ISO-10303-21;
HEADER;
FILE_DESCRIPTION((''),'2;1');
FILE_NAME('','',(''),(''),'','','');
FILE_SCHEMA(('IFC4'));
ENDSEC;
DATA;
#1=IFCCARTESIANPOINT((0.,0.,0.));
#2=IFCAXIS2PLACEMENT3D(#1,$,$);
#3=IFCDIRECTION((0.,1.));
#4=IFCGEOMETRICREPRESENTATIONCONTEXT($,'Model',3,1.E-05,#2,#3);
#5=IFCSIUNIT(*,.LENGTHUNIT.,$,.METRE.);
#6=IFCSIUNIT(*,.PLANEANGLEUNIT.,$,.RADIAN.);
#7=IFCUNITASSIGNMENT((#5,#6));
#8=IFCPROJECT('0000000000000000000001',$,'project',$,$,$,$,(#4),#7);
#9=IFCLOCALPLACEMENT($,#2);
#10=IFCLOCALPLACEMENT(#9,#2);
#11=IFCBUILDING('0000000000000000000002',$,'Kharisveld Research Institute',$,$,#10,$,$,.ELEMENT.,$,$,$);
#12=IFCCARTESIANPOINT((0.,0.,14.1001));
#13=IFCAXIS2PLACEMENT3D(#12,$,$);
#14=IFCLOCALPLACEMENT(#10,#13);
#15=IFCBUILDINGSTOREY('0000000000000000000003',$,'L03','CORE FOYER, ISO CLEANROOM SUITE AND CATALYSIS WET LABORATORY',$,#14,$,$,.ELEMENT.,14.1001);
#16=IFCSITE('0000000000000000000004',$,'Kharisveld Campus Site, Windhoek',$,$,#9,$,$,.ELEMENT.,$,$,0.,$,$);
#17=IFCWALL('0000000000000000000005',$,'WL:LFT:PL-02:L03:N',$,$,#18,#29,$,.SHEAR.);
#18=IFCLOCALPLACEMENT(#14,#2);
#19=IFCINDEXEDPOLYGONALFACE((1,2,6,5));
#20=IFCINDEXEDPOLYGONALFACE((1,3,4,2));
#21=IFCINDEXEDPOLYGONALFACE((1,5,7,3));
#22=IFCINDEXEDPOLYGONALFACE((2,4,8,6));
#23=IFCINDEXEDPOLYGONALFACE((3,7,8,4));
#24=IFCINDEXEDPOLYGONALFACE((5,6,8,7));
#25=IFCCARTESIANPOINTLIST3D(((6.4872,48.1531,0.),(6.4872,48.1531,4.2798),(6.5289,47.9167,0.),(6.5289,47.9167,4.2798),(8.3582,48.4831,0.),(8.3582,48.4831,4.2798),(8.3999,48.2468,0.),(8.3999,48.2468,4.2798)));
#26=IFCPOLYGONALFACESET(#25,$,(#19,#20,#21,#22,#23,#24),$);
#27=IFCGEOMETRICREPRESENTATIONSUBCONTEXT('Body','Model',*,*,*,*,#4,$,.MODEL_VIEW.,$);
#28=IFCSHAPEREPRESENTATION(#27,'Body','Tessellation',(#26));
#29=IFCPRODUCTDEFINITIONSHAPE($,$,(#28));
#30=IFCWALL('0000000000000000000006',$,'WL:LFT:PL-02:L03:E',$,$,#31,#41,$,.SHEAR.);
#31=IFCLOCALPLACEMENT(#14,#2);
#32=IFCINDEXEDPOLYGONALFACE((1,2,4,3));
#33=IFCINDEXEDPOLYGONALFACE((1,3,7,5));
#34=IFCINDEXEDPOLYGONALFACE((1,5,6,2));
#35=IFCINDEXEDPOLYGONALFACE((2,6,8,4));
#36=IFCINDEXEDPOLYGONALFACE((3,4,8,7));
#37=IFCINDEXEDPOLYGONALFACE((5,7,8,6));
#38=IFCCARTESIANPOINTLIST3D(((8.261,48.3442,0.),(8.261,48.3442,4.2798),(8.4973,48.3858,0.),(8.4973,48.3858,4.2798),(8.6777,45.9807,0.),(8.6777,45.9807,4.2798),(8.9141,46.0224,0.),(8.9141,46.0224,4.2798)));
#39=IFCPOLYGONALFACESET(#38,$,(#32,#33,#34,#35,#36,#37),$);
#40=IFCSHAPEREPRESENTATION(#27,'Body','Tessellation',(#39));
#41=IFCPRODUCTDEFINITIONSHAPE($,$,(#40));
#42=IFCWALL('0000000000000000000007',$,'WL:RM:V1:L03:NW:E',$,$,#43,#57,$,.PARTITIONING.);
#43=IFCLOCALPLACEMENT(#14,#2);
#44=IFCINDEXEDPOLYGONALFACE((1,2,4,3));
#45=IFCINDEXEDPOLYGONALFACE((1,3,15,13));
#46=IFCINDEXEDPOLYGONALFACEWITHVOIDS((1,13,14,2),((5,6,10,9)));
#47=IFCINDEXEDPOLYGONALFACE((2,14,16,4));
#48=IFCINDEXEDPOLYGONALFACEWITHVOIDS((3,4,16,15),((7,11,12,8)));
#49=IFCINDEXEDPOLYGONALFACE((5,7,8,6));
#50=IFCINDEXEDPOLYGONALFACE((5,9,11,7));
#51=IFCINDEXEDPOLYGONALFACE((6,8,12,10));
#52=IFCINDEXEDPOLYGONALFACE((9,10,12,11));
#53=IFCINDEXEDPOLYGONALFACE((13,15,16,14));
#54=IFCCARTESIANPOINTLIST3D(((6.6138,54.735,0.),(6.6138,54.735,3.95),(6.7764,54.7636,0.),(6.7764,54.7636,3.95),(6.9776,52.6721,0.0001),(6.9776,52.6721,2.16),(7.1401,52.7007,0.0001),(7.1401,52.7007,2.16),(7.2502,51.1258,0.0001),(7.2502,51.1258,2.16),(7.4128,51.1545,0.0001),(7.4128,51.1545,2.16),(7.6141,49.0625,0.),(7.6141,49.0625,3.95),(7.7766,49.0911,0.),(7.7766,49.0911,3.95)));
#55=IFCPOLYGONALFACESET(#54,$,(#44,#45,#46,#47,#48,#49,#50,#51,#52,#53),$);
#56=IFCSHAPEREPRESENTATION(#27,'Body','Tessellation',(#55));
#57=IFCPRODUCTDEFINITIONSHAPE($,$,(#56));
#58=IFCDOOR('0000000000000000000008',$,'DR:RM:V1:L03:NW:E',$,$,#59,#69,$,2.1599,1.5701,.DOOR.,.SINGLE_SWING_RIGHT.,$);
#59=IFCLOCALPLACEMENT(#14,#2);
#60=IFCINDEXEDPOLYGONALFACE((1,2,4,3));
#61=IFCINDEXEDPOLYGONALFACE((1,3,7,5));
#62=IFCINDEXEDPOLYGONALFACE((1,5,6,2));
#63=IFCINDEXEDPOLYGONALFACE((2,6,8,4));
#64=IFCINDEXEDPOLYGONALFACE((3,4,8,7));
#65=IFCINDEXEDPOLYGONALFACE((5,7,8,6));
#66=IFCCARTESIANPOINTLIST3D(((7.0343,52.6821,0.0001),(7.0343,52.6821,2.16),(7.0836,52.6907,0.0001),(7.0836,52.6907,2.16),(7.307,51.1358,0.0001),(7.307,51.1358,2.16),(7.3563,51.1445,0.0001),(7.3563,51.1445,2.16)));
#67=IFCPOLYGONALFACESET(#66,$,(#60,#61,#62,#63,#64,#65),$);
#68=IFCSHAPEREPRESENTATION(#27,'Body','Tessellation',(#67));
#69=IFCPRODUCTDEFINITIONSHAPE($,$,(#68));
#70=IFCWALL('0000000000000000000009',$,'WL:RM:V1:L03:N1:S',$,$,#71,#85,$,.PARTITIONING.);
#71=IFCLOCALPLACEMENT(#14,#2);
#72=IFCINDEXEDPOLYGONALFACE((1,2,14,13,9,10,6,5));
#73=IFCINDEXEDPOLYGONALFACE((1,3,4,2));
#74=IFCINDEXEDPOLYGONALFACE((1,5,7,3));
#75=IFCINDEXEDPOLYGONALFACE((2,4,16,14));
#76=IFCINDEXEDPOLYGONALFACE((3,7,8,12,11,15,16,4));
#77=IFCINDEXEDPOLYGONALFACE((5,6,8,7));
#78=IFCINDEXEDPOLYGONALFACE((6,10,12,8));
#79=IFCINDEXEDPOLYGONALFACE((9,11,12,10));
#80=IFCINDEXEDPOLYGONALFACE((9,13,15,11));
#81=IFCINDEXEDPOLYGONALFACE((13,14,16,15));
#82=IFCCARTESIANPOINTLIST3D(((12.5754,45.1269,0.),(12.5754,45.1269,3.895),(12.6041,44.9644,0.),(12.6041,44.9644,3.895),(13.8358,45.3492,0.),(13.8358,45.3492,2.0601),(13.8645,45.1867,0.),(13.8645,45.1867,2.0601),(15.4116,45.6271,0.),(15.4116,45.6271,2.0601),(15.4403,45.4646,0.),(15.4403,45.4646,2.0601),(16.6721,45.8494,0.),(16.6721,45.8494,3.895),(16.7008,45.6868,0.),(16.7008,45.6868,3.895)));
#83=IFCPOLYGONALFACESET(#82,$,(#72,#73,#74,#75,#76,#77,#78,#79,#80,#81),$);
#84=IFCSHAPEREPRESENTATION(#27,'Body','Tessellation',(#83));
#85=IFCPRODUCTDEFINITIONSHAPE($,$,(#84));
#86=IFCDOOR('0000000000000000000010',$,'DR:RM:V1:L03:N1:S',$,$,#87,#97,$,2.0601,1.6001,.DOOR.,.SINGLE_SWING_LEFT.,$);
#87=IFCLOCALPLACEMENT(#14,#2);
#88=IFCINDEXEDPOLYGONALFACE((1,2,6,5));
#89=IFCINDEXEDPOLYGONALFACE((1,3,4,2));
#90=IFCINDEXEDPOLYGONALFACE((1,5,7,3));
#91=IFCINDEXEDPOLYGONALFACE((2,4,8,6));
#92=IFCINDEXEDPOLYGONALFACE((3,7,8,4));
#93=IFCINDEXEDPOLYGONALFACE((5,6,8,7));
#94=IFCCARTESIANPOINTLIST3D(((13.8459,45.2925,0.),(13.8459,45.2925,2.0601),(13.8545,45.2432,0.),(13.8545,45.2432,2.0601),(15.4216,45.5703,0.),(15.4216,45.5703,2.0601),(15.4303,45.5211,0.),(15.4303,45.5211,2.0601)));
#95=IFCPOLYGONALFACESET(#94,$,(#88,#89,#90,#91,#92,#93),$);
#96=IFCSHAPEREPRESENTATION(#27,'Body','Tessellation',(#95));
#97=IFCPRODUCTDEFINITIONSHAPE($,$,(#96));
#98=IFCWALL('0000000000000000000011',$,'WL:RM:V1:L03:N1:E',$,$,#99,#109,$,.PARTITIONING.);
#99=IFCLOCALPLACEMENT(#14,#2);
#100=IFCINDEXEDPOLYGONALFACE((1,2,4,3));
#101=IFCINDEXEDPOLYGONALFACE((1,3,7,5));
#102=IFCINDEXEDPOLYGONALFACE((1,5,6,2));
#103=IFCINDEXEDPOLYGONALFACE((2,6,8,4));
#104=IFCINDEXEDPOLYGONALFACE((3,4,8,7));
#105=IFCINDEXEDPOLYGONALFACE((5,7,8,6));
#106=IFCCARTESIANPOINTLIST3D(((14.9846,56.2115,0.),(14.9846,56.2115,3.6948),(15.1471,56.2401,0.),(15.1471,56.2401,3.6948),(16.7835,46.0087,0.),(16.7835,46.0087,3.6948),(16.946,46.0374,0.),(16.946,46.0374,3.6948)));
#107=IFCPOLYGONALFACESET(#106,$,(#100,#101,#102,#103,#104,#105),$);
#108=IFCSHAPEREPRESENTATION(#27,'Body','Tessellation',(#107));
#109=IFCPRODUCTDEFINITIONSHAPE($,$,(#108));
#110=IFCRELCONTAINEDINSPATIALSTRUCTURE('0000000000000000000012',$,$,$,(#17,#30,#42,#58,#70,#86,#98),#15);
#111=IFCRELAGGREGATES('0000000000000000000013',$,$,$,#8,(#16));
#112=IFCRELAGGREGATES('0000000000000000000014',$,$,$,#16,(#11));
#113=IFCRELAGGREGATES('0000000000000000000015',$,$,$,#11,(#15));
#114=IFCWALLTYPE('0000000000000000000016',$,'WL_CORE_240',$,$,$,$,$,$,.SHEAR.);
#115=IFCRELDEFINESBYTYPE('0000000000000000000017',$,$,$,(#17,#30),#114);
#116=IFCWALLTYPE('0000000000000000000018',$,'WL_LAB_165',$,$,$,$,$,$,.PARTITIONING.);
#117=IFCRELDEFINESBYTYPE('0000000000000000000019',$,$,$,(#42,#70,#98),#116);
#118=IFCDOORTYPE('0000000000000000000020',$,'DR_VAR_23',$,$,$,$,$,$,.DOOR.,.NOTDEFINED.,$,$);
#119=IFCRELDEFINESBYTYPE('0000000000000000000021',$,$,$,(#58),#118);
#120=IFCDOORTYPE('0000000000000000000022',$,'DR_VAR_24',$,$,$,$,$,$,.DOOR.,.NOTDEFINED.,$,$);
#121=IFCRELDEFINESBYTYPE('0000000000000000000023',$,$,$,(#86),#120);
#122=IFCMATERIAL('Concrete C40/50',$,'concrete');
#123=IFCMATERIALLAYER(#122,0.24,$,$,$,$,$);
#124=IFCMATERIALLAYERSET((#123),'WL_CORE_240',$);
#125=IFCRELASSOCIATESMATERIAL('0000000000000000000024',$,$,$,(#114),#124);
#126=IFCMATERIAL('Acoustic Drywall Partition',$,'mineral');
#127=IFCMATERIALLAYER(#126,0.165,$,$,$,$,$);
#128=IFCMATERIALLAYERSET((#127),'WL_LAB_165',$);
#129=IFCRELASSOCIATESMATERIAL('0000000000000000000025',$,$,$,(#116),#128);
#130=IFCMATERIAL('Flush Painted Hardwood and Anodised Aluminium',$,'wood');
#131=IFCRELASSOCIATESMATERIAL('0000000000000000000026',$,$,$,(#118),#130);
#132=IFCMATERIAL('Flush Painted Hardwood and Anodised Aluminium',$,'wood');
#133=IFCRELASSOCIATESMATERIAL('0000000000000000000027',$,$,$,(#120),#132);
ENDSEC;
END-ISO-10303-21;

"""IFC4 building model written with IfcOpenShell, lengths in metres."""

from ifc_helpers import new_model, si_unit, direction, frame, frame_2d, origin, place, context, subcontext, project, spatial, rectangle, extrude, material, layer, layer_set, type_object, element, fill, save


model = new_model("IFC4")

# Units and contexts
model_context = context("Model", 3, precision=1e-05, world=origin(), true_north=direction((0.0, 1.0)))
body_context = subcontext(model_context, "Body", "Model", "MODEL_VIEW")
ifc_project = project(units=[si_unit("LENGTHUNIT", "METRE"), si_unit("PLANEANGLEUNIT", "RADIAN")], contexts=[model_context])

# Site, building, storey
site_placement = place(None, origin())
site = spatial("IfcSite", under=ifc_project, at=site_placement, Name="Kharisveld Campus Site, Windhoek", CompositionType="ELEMENT", RefElevation=0.0)
building_placement = place(site_placement, origin())
building = spatial("IfcBuilding", under=site, at=building_placement, Name="Kharisveld Research Institute", CompositionType="ELEMENT")
storey_placement = place(building_placement, frame((0.0, 0.0, 14.1001)))
storey = spatial("IfcBuildingStorey", under=building, at=storey_placement, Name="L03", Description="CORE FOYER, ISO CLEANROOM SUITE AND CATALYSIS WET LABORATORY", CompositionType="ELEMENT", Elevation=14.1001)

# Shared definitions
ifc_material_1 = material(Name="Concrete C40/50", Category="concrete")
ifc_layer_1 = layer(ifc_material_1, 0.24)
ifc_layer_set_1 = layer_set([ifc_layer_1], Name="WL_CORE_240")
wall_type_1 = type_object("IfcWallType", Name="WL_CORE_240", PredefinedType="SHEAR", material=ifc_layer_set_1)

# Walls
wall_1_placement = place(storey_placement, frame((6.5081, 48.0349, 0.0), z_axis=(0.0, 0.0, 1.0), x_axis=(0.984794, 0.173727, 0.0)))
element("IfcWall", 1, at=wall_1_placement, inside=storey, type_object=wall_type_1, Name="WL:LFT:PL-02:L03:N", PredefinedType="SHEAR", context=body_context, shape_type="SweptSolid", body=[
    extrude(rectangle(XDim=1.8999, YDim=0.24, at=frame_2d((0.95, 0.0))), origin(), (0.0, 0.0, 1.0), 4.2798),
])
wall_2_placement = place(storey_placement, frame((8.3792, 48.365, 0.0), z_axis=(0.0, 0.0, 1.0), x_axis=(0.173646, -0.984808, 0.0)))
element("IfcWall", 2, at=wall_2_placement, inside=storey, type_object=wall_type_1, Name="WL:LFT:PL-02:L03:E", PredefinedType="SHEAR", context=body_context, shape_type="SweptSolid", body=[
    extrude(rectangle(XDim=2.3999, YDim=0.24, at=frame_2d((1.2, 0.0))), origin(), (0.0, 0.0, 1.0), 4.2798),
])

# Walls, openings, doors
ifc_material_2 = material(Name="Acoustic Drywall Partition", Category="mineral")
ifc_layer_2 = layer(ifc_material_2, 0.165)
ifc_layer_set_2 = layer_set([ifc_layer_2], Name="WL_LAB_165")
wall_type_2 = type_object("IfcWallType", Name="WL_LAB_165", PredefinedType="PARTITIONING", material=ifc_layer_set_2)
wall_3_placement = place(storey_placement, frame((7.6953, 49.0769, 0.0), z_axis=(0.0, 0.0, 1.0), x_axis=(-0.17365, 0.984807, 0.0)))
wall_3 = element("IfcWall", 3, at=wall_3_placement, inside=storey, type_object=wall_type_2, Name="WL:RM:V1:L03:NW:E", PredefinedType="PARTITIONING", context=body_context, shape_type="SweptSolid", body=[
    extrude(rectangle(XDim=5.76, YDim=0.165, at=frame_2d((2.8799, 0.0))), origin(), (0.0, 0.0, 1.0), 3.95),
])
opening_1_placement = place(wall_3_placement, frame((2.095, 0.0, 0.0)))
opening_1 = element("IfcOpeningElement", 4, at=opening_1_placement, cuts=wall_3, PredefinedType="OPENING", context=body_context, shape_type="SweptSolid", body=[
    extrude(rectangle(XDim=1.5701, YDim=2.1599, at=frame_2d((0.7852, 1.0801))), frame((0.0, 0.0825, 0.0), z_axis=(0.0, -1.0, 0.0), x_axis=(1.0, 0.0, 0.0)), (0.0, 0.0, 1.0), 0.165),
])
ifc_material_3 = material(Name="Flush Painted Hardwood and Anodised Aluminium", Category="wood")
door_type_1 = type_object("IfcDoorType", Name="DR_VAR_23", OperationType="NOTDEFINED", PredefinedType="DOOR", material=ifc_material_3)
door_1_placement = place(opening_1_placement, origin())
door_1 = element("IfcDoor", 5, at=door_1_placement, inside=storey, type_object=door_type_1, Name="DR:RM:V1:L03:NW:E", OperationType="SINGLE_SWING_RIGHT", OverallHeight=2.1599, OverallWidth=1.5701, PredefinedType="DOOR", context=body_context, shape_type="SweptSolid", body=[
    extrude(rectangle(XDim=1.5701, YDim=2.1599, at=frame_2d((0.7852, 1.0801))), frame((0.0, 0.0249, 0.0), z_axis=(0.0, -1.0, 0.0), x_axis=(1.0, 0.0, 0.0)), (0.0, 0.0, 1.0), 0.05),
])
fill(opening_1, door_1)
wall_4_placement = place(storey_placement, frame((12.5896, 45.0457, 0.0), z_axis=(0.0, 0.0, 1.0), x_axis=(0.984805, 0.173661, 0.0)))
wall_4 = element("IfcWall", 6, at=wall_4_placement, inside=storey, type_object=wall_type_2, Name="WL:RM:V1:L03:N1:S", PredefinedType="PARTITIONING", context=body_context, shape_type="SweptSolid", body=[
    extrude(rectangle(XDim=4.1599, YDim=0.165, at=frame_2d((2.0801, 0.0))), origin(), (0.0, 0.0, 1.0), 3.895),
])
opening_2_placement = place(wall_4_placement, frame((1.28, 0.0, 0.0)))
opening_2 = element("IfcOpeningElement", 7, at=opening_2_placement, cuts=wall_4, PredefinedType="OPENING", context=body_context, shape_type="SweptSolid", body=[
    extrude(rectangle(XDim=1.6001, YDim=2.0601, at=frame_2d((0.8, 1.03))), frame((0.0, 0.0825, 0.0), z_axis=(0.0, -1.0, 0.0), x_axis=(1.0, 0.0, 0.0)), (0.0, 0.0, 1.0), 0.165),
])
ifc_material_4 = material(Name="Flush Painted Hardwood and Anodised Aluminium", Category="wood")
door_type_2 = type_object("IfcDoorType", Name="DR_VAR_24", OperationType="NOTDEFINED", PredefinedType="DOOR", material=ifc_material_4)
door_2_placement = place(opening_2_placement, origin())
door_2 = element("IfcDoor", 8, at=door_2_placement, inside=storey, type_object=door_type_2, Name="DR:RM:V1:L03:N1:S", OperationType="SINGLE_SWING_LEFT", OverallHeight=2.0601, OverallWidth=1.6001, PredefinedType="DOOR", context=body_context, shape_type="SweptSolid", body=[
    extrude(rectangle(XDim=1.6001, YDim=2.0601, at=frame_2d((0.8, 1.03))), frame((0.0, 0.0249, 0.0), z_axis=(0.0, -1.0, 0.0), x_axis=(1.0, 0.0, 0.0)), (0.0, 0.0, 1.0), 0.05),
])
fill(opening_2, door_2)

# Wall
wall_5_placement = place(storey_placement, frame((16.8647, 46.0229, 0.0), z_axis=(0.0, 0.0, 1.0), x_axis=(-0.173632, 0.984811, 0.0)))
element("IfcWall", 9, at=wall_5_placement, inside=storey, type_object=wall_type_2, Name="WL:RM:V1:L03:N1:E", PredefinedType="PARTITIONING", context=body_context, shape_type="SweptSolid", body=[
    extrude(rectangle(XDim=10.3601, YDim=0.165, at=frame_2d((5.1802, 0.0))), origin(), (0.0, 0.0, 1.0), 3.6948),
])

save(model, "model.ifc")
